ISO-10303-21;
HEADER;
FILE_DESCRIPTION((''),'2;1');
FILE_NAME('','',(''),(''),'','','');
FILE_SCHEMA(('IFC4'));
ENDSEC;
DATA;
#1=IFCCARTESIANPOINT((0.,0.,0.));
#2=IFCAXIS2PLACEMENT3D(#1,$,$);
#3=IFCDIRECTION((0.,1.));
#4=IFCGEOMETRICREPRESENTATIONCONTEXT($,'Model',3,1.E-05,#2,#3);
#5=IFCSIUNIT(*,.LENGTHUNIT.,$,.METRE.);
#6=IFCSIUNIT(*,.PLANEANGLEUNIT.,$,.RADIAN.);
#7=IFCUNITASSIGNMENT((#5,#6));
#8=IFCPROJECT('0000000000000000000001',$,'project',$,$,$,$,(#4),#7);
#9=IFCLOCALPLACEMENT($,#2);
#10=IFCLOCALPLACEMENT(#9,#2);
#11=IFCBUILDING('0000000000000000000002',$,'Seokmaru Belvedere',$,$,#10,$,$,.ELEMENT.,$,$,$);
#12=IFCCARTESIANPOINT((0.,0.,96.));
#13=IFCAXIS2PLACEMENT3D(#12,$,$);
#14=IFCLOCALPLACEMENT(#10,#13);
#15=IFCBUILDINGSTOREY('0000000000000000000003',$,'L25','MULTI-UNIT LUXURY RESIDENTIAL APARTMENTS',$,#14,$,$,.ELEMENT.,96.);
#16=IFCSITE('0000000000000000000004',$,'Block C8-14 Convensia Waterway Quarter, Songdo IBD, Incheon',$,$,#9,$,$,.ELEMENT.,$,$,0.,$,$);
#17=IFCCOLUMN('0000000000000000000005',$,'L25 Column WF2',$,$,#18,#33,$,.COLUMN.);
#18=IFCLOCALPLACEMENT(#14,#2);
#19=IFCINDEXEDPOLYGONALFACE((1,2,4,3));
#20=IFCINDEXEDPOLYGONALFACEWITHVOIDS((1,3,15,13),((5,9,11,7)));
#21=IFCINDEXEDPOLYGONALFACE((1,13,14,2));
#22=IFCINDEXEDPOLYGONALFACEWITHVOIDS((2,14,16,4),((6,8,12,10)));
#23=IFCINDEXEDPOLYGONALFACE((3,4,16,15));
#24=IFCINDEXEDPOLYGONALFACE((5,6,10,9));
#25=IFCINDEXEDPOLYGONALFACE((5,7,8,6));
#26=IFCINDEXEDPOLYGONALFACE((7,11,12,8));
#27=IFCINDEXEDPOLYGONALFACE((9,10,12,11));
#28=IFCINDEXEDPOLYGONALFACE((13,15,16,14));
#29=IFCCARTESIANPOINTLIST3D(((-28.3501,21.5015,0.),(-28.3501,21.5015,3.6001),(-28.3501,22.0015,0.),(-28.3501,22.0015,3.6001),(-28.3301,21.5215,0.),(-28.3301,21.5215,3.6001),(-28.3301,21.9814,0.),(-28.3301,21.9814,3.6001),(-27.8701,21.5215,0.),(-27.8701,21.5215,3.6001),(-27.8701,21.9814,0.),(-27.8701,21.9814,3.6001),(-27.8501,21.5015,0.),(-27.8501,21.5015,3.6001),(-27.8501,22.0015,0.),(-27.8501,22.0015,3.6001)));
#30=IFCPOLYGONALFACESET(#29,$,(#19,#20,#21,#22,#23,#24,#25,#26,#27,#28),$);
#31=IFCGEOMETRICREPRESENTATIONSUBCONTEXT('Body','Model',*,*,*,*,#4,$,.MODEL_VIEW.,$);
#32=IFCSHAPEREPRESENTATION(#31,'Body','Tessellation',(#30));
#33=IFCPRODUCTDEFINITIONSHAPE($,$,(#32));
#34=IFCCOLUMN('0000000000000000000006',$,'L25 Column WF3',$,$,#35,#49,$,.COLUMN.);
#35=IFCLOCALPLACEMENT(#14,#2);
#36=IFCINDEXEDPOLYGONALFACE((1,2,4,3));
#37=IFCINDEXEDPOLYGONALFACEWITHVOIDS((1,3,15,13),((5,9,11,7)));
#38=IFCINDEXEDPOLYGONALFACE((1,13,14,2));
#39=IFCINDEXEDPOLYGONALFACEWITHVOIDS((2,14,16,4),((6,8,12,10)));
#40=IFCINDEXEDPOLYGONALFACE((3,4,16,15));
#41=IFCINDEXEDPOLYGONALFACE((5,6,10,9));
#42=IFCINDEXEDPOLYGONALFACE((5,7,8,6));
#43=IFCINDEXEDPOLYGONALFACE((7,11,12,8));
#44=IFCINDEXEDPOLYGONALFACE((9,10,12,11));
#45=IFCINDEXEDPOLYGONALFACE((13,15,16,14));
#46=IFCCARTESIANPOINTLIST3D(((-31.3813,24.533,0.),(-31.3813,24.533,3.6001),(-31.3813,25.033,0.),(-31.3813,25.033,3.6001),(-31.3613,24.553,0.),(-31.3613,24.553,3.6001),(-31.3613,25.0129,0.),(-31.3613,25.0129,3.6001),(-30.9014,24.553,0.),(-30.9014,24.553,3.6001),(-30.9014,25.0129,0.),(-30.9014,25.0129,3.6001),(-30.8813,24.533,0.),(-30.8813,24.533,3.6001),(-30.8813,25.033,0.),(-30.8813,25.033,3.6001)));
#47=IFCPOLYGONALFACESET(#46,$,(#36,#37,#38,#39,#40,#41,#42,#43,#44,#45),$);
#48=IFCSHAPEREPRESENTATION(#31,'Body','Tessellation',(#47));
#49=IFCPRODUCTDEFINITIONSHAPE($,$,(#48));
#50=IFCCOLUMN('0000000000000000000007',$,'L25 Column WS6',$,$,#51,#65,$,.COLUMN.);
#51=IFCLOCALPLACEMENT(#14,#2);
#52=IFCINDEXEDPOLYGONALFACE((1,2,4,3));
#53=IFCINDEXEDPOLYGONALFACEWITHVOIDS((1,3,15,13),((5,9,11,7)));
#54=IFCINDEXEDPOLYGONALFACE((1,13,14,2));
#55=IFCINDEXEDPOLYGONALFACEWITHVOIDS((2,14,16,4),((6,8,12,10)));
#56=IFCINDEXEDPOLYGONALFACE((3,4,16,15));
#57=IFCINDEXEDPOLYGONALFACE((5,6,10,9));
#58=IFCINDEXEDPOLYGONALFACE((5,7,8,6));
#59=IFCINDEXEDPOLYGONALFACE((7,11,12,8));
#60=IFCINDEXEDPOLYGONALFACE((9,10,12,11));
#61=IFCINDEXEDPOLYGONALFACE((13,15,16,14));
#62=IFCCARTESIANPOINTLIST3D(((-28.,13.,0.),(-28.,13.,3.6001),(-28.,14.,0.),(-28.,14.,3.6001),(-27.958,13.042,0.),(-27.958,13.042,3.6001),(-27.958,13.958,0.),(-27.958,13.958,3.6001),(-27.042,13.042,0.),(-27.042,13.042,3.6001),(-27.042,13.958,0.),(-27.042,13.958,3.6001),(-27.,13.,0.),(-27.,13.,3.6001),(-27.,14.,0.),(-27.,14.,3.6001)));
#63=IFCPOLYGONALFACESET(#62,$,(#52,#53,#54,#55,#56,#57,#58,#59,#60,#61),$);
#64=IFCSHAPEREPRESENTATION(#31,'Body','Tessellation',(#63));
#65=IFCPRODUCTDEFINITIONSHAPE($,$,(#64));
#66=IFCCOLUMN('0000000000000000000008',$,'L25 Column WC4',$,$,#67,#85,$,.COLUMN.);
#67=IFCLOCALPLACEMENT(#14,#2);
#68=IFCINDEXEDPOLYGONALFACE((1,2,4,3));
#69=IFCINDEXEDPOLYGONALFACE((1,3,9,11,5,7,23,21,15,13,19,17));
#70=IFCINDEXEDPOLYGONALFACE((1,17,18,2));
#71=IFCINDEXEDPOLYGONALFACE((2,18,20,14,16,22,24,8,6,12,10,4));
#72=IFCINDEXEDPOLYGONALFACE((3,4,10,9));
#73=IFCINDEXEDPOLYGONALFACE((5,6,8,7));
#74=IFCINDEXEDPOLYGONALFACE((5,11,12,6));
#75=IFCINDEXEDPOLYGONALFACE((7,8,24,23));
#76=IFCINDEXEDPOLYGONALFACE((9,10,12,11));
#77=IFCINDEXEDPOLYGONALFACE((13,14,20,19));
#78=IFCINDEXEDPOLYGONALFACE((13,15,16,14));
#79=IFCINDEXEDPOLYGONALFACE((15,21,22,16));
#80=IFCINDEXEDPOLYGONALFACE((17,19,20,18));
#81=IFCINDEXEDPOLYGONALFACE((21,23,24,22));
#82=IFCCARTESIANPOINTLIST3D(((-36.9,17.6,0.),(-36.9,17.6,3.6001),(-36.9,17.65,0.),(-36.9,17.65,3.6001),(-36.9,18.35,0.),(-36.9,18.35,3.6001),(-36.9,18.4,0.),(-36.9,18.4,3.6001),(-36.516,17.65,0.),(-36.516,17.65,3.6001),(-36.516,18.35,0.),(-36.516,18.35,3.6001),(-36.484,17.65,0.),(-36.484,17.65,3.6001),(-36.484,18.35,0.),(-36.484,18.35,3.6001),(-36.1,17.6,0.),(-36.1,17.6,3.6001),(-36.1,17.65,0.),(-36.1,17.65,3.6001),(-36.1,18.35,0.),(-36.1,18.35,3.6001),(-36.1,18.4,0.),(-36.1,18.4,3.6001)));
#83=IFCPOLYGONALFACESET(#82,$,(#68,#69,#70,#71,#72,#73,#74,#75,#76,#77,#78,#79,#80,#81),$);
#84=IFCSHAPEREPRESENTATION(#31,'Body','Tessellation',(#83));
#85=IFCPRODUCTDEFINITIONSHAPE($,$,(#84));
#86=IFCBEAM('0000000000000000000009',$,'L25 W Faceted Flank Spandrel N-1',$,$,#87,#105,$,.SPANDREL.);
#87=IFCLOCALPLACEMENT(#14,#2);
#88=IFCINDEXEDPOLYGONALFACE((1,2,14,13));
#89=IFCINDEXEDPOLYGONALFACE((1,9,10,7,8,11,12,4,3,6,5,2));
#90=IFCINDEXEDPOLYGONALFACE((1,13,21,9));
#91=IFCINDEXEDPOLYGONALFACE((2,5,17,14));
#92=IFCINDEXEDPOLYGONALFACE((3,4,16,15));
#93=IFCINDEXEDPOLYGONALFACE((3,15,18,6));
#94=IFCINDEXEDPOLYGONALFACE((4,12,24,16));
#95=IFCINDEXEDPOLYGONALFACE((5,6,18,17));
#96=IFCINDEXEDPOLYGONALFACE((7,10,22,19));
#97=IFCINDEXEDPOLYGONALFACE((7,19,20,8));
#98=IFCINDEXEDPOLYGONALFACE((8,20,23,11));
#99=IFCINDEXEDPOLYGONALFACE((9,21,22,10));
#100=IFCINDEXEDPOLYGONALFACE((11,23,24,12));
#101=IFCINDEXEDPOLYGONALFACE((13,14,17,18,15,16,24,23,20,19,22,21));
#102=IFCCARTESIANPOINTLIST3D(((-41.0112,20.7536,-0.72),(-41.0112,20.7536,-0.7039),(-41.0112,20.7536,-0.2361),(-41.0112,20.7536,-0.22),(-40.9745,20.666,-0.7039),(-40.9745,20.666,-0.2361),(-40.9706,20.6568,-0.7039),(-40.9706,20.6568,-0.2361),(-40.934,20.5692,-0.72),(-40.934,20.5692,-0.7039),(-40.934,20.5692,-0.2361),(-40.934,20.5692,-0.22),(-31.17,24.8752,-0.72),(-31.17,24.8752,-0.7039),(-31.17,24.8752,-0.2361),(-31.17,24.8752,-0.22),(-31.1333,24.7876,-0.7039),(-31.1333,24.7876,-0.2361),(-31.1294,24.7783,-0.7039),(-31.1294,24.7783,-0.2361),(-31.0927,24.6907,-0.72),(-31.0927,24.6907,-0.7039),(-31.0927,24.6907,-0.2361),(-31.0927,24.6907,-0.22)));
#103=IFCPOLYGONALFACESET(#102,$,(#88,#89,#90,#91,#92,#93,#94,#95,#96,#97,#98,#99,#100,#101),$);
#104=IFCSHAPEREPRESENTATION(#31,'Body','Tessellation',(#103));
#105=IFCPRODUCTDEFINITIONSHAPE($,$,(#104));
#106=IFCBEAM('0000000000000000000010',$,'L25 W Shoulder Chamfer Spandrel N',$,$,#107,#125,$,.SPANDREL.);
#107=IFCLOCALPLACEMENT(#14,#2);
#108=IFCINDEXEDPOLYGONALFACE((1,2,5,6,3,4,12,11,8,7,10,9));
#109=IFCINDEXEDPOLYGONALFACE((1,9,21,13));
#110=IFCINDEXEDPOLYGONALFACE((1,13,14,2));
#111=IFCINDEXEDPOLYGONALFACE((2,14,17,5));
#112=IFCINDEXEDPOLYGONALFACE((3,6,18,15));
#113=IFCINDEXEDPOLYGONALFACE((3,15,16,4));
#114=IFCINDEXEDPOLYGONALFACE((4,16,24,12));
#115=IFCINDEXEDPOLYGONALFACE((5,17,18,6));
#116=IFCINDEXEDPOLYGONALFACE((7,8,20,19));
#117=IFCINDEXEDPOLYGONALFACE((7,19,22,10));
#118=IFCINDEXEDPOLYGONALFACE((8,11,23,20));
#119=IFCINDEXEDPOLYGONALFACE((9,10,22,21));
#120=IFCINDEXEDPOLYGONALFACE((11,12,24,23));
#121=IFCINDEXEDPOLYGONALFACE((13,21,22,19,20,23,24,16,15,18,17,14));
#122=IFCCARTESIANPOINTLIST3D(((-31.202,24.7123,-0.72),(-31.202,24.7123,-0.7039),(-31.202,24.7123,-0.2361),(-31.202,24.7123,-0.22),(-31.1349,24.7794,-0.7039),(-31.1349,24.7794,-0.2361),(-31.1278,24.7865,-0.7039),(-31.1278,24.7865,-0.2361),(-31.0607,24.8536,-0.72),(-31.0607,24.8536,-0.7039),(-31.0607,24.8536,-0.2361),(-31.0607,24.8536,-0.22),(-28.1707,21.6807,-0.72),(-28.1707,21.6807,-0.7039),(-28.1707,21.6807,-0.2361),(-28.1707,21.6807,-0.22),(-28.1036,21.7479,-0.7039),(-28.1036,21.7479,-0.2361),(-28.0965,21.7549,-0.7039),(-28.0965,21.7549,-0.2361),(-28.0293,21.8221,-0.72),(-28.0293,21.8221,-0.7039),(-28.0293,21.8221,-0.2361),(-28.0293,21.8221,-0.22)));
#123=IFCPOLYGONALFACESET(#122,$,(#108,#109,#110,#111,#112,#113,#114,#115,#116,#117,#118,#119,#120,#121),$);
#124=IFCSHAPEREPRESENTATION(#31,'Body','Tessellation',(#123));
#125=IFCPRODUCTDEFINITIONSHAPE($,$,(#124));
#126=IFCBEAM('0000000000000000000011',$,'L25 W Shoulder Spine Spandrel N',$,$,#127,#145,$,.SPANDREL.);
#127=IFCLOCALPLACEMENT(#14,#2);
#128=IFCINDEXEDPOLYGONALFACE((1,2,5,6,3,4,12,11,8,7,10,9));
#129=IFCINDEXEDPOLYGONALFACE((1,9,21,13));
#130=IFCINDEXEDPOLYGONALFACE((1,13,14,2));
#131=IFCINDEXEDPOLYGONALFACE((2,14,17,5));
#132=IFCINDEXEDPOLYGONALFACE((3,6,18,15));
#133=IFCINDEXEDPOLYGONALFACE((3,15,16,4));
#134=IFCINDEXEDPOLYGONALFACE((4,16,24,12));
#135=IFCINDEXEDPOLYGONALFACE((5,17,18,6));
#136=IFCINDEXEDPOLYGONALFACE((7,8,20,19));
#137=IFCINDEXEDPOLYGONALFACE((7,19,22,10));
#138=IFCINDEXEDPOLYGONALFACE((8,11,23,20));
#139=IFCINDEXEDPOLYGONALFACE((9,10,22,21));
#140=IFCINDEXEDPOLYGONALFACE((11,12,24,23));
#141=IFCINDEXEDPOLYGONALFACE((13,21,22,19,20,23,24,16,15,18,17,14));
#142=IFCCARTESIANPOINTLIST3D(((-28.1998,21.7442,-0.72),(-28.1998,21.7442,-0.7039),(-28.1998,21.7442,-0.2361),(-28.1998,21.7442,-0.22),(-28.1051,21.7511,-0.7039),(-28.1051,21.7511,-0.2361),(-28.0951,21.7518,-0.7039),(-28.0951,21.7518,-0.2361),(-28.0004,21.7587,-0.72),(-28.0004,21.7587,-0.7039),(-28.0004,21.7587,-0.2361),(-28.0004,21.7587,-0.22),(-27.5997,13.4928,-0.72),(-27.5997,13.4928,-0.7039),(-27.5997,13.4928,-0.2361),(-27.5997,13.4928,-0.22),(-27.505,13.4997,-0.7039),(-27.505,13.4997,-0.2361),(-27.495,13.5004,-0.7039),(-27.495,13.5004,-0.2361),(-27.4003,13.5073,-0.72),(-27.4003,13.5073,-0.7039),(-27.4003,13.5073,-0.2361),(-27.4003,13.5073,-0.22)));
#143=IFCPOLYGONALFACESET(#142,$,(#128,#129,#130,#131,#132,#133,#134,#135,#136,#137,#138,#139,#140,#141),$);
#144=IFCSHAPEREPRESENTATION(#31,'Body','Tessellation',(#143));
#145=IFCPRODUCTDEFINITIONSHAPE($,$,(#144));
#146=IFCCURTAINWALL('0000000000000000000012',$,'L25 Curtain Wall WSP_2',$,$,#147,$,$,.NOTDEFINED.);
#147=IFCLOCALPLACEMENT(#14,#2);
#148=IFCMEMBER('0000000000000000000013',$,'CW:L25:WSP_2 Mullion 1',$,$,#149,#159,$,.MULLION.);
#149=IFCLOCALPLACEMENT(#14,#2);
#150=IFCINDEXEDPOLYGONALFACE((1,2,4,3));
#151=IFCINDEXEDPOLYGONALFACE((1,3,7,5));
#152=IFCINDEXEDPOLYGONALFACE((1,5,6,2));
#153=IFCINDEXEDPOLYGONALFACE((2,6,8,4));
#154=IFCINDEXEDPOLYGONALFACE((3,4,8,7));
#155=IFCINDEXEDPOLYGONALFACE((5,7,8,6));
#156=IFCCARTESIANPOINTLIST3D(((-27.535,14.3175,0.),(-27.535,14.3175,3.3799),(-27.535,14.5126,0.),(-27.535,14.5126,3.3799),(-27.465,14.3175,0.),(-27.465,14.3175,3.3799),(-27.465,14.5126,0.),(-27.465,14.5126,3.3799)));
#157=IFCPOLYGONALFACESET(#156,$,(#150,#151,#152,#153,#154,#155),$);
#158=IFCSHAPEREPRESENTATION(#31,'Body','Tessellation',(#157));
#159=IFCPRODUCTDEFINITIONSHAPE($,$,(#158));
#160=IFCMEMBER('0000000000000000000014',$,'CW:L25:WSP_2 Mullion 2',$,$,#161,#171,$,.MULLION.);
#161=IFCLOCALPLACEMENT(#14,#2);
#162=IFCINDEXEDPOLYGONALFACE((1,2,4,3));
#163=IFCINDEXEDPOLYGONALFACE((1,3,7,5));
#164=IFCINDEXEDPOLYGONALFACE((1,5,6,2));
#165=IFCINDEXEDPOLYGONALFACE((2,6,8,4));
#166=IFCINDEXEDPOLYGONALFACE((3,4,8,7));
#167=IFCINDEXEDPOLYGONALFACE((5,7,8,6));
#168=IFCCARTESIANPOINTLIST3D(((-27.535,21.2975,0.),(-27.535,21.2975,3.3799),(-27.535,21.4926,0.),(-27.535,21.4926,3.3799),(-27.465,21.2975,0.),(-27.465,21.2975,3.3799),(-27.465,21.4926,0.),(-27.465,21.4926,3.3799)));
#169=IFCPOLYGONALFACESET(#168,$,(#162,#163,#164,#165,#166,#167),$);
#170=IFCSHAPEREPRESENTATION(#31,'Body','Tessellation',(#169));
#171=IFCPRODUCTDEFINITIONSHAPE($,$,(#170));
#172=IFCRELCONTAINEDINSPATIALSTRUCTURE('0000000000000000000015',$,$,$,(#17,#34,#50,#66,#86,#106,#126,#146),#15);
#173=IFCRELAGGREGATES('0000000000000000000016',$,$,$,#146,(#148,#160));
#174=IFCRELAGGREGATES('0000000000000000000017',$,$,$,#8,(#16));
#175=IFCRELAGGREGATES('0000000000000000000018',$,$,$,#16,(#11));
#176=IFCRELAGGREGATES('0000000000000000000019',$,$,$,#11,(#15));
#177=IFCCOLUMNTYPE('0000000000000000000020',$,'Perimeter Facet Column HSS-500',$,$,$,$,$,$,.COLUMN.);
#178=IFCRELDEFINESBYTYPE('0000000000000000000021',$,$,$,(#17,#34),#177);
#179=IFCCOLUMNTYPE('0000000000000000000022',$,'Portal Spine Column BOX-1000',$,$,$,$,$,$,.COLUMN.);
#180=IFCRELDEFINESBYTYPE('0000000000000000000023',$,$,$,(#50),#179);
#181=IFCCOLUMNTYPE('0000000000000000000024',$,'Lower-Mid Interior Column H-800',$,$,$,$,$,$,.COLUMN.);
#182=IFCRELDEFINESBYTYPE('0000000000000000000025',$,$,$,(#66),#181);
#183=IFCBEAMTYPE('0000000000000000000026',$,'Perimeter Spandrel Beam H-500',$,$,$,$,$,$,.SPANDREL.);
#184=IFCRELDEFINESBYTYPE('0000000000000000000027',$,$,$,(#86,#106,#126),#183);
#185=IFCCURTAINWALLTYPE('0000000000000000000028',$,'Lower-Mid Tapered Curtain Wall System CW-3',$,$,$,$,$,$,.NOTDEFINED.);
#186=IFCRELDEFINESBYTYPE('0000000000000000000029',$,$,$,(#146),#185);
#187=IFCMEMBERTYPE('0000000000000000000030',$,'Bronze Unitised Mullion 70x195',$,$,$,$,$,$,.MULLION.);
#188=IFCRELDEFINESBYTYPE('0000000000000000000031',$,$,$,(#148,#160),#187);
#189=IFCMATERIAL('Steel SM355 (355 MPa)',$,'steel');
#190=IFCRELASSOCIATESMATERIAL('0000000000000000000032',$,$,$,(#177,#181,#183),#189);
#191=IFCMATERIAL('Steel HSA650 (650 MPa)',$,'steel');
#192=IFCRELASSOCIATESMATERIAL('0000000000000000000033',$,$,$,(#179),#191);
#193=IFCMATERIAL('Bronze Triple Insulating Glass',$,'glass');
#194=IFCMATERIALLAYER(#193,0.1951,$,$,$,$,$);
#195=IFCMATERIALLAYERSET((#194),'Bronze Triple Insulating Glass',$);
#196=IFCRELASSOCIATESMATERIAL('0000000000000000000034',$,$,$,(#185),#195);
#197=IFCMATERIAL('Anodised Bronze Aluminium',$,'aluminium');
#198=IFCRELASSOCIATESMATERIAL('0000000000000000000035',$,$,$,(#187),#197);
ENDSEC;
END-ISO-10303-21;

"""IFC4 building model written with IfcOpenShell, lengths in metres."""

from ifc_helpers import new_model, si_unit, direction, frame, origin, origin_2d, place, context, subcontext, project, spatial, rectangle, hollow_rectangle, i_section, extrude, source, transform, mapped, material, layer, layer_set, material_profile, profile_set, type_object, type_shapes, element, aggregate, save


model = new_model("IFC4")

# Units and contexts
model_context = context("Model", 3, precision=1e-05, world=origin(), true_north=direction((0.0, 1.0)))
body_context = subcontext(model_context, "Body", "Model", "MODEL_VIEW")
ifc_project = project(units=[si_unit("LENGTHUNIT", "METRE"), si_unit("PLANEANGLEUNIT", "RADIAN")], contexts=[model_context])

# Site, building, storey
site_placement = place(None, origin())
site = spatial("IfcSite", under=ifc_project, at=site_placement, Name="Block C8-14 Convensia Waterway Quarter, Songdo IBD, Incheon", CompositionType="ELEMENT", RefElevation=0.0)
building_placement = place(site_placement, origin())
building = spatial("IfcBuilding", under=site, at=building_placement, Name="Seokmaru Belvedere", CompositionType="ELEMENT")
storey_placement = place(building_placement, frame((0.0, 0.0, 96.0)))
storey = spatial("IfcBuildingStorey", under=building, at=storey_placement, Name="L25", Description="MULTI-UNIT LUXURY RESIDENTIAL APARTMENTS", CompositionType="ELEMENT", Elevation=96.0)

# Columns
ifc_material_1 = material(Name="Steel SM355 (355 MPa)", Category="steel")
ifc_material_profile_1 = material_profile(ifc_material_1, hollow_rectangle(XDim=0.5, YDim=0.5, WallThickness=0.02, at=origin_2d()), Name="HSS-500x500x20")
ifc_profile_set_1 = profile_set([ifc_material_profile_1], Name="Steel SM355 (355 MPa)")
column_type_1 = type_object("IfcColumnType", Name="Perimeter Facet Column HSS-500", PredefinedType="COLUMN", material=ifc_profile_set_1)
shared_shape_1 = source(origin(), body_context, "Body", "SweptSolid", [
    extrude(hollow_rectangle(XDim=0.5, YDim=0.5, WallThickness=0.02, at=origin_2d()), origin(), (0.0, 0.0, 1.0), 3.6001),
])
type_shapes(column_type_1, [shared_shape_1])
for number, where, z_axis, x_axis, name in (
    (1, (-28.1001, 21.7515, 0.0), (0.0, 0.0, 1.0), (1.0, 0.0, 0.0), "L25 Column WF2"),
    (2, (-31.1313, 24.783, 0.0), (0.0, 0.0, 1.0), (1.0, 0.0, 0.0), "L25 Column WF3"),
):
    element("IfcColumn", number, at=place(storey_placement, frame(where, z_axis=z_axis, x_axis=x_axis)), inside=storey, type_object=column_type_1, Name=name, PredefinedType="COLUMN", context=body_context, shape_type="MappedRepresentation", body=[
        mapped(shared_shape_1, transform((0.0, 0.0, 0.0), scale=1.0)),
    ])
ifc_material_2 = material(Name="Steel HSA650 (650 MPa)", Category="steel")
ifc_material_profile_2 = material_profile(ifc_material_2, hollow_rectangle(XDim=1.0, YDim=1.0, WallThickness=0.042, at=origin_2d()), Name="BOX-1000x1000x42")
ifc_profile_set_2 = profile_set([ifc_material_profile_2], Name="Steel HSA650 (650 MPa)")
column_type_2 = type_object("IfcColumnType", Name="Portal Spine Column BOX-1000", PredefinedType="COLUMN", material=ifc_profile_set_2)
shared_shape_2 = source(origin(), body_context, "Body", "SweptSolid", [
    extrude(hollow_rectangle(XDim=1.0, YDim=1.0, WallThickness=0.042, at=origin_2d()), origin(), (0.0, 0.0, 1.0), 3.6001),
])
type_shapes(column_type_2, [shared_shape_2])
column_1_placement = place(storey_placement, frame((-27.5, 13.5, 0.0), z_axis=(0.0, 0.0, 1.0), x_axis=(1.0, 0.0, 0.0)))
element("IfcColumn", 3, at=column_1_placement, inside=storey, type_object=column_type_2, Name="L25 Column WS6", PredefinedType="COLUMN", context=body_context, shape_type="MappedRepresentation", body=[
    mapped(shared_shape_2, transform((0.0, 0.0, 0.0), scale=1.0)),
])
ifc_material_profile_3 = material_profile(ifc_material_1, i_section(OverallWidth=0.8, OverallDepth=0.8, WebThickness=0.032, FlangeThickness=0.05, at=origin_2d()), Name="H-800x800x32x50")
ifc_profile_set_3 = profile_set([ifc_material_profile_3], Name="Steel SM355 (355 MPa)")
column_type_3 = type_object("IfcColumnType", Name="Lower-Mid Interior Column H-800", PredefinedType="COLUMN", material=ifc_profile_set_3)
shared_shape_3 = source(origin(), body_context, "Body", "SweptSolid", [
    extrude(i_section(OverallWidth=0.8, OverallDepth=0.8, WebThickness=0.032, FlangeThickness=0.05, at=origin_2d()), origin(), (0.0, 0.0, 1.0), 3.6001),
])
type_shapes(column_type_3, [shared_shape_3])
column_2_placement = place(storey_placement, frame((-36.5, 18.0, 0.0), z_axis=(0.0, 0.0, 1.0), x_axis=(1.0, 0.0, 0.0)))
element("IfcColumn", 4, at=column_2_placement, inside=storey, type_object=column_type_3, Name="L25 Column WC4", PredefinedType="COLUMN", context=body_context, shape_type="MappedRepresentation", body=[
    mapped(shared_shape_3, transform((0.0, 0.0, 0.0), scale=1.0)),
])

# Beams
ifc_material_profile_4 = material_profile(ifc_material_1, i_section(OverallWidth=0.2, OverallDepth=0.5, WebThickness=0.01, FlangeThickness=0.0161, at=origin_2d()), Name="H-500x200x10x16")
ifc_profile_set_4 = profile_set([ifc_material_profile_4], Name="Steel SM355 (355 MPa)")
beam_type = type_object("IfcBeamType", Name="Perimeter Spandrel Beam H-500", PredefinedType="SPANDREL", material=ifc_profile_set_4)
shared_shape_4 = source(origin(), body_context, "Body", "SweptSolid", [
    extrude(i_section(OverallWidth=0.2, OverallDepth=0.5, WebThickness=0.01, FlangeThickness=0.0161, at=origin_2d()), origin(), (0.0, 0.0, 1.0), 10.6694),
])
beam_1_placement = place(storey_placement, frame((-31.1313, 24.783, -0.47), z_axis=(-0.922375, -0.386295, 0.0), x_axis=(0.386295, -0.922375, 0.0)))
element("IfcBeam", 5, at=beam_1_placement, inside=storey, type_object=beam_type, Name="L25 W Faceted Flank Spandrel N-1", PredefinedType="SPANDREL", context=body_context, shape_type="MappedRepresentation", body=[
    mapped(shared_shape_4, transform((0.0, 0.0, 0.0), scale=1.0)),
])
shared_shape_5 = source(origin(), body_context, "Body", "SweptSolid", [
    extrude(i_section(OverallWidth=0.2, OverallDepth=0.5, WebThickness=0.01, FlangeThickness=0.0161, at=origin_2d()), origin(), (0.0, 0.0, 1.0), 4.2871),
])
beam_2_placement = place(storey_placement, frame((-31.1313, 24.783, -0.47), z_axis=(0.707078, -0.707135, 0.0), x_axis=(0.707135, 0.707078, 0.0)))
element("IfcBeam", 6, at=beam_2_placement, inside=storey, type_object=beam_type, Name="L25 W Shoulder Chamfer Spandrel N", PredefinedType="SPANDREL", context=body_context, shape_type="MappedRepresentation", body=[
    mapped(shared_shape_5, transform((0.0, 0.0, 0.0), scale=1.0)),
])
shared_shape_6 = source(origin(), body_context, "Body", "SweptSolid", [
    extrude(i_section(OverallWidth=0.2, OverallDepth=0.5, WebThickness=0.01, FlangeThickness=0.0161, at=origin_2d()), origin(), (0.0, 0.0, 1.0), 8.2732),
])
type_shapes(beam_type, [shared_shape_4, shared_shape_5, shared_shape_6])
beam_3_placement = place(storey_placement, frame((-28.1001, 21.7515, -0.47), z_axis=(0.072535, -0.997366, 0.0), x_axis=(0.997366, 0.072535, 0.0)))
element("IfcBeam", 7, at=beam_3_placement, inside=storey, type_object=beam_type, Name="L25 W Shoulder Spine Spandrel N", PredefinedType="SPANDREL", context=body_context, shape_type="MappedRepresentation", body=[
    mapped(shared_shape_6, transform((0.0, 0.0, 0.0), scale=1.0)),
])

# Curtain wall, members
ifc_material_3 = material(Name="Bronze Triple Insulating Glass", Category="glass")
ifc_layer_1 = layer(ifc_material_3, 0.1951)
ifc_layer_set_1 = layer_set([ifc_layer_1], Name="Bronze Triple Insulating Glass")
curtain_wall_type = type_object("IfcCurtainWallType", Name="Lower-Mid Tapered Curtain Wall System CW-3", PredefinedType="NOTDEFINED", material=ifc_layer_set_1)
curtain_wall_1_placement = place(storey_placement, origin())
curtain_wall_1 = element("IfcCurtainWall", 8, at=curtain_wall_1_placement, inside=storey, type_object=curtain_wall_type, Name="L25 Curtain Wall WSP_2", PredefinedType="NOTDEFINED")
ifc_material_4 = material(Name="Anodised Bronze Aluminium", Category="aluminium")
ifc_material_profile_5 = material_profile(ifc_material_4, rectangle(XDim=0.0701, YDim=0.1951, at=origin_2d()), Name="CW-M-70x195")
ifc_profile_set_5 = profile_set([ifc_material_profile_5], Name="Anodised Bronze Aluminium")
member_type_1 = type_object("IfcMemberType", Name="Bronze Unitised Mullion 70x195", PredefinedType="MULLION", material=ifc_profile_set_5)
shared_shape_7 = source(origin(), body_context, "Body", "SweptSolid", [
    extrude(rectangle(XDim=0.0701, YDim=0.1951, at=origin_2d()), origin(), (0.0, 0.0, 1.0), 3.3799),
])
member_1_placement = place(storey_placement, frame((-27.5, 14.415, 0.0), z_axis=(0.0, 0.0, 1.0), x_axis=(-1.0, 0.0, 0.0)))
member_1 = element("IfcMember", 9, at=member_1_placement, type_object=member_type_1, Name="CW:L25:WSP_2 Mullion 1", PredefinedType="MULLION", context=body_context, shape_type="MappedRepresentation", body=[
    mapped(shared_shape_7, transform((0.0, 0.0, 0.0), scale=1.0)),
])
member_2_placement = place(storey_placement, frame((-27.5, 21.395, 0.0), z_axis=(0.0, 0.0, 1.0), x_axis=(-1.0, 0.0, 0.0)))
member_2 = element("IfcMember", 10, at=member_2_placement, type_object=member_type_1, Name="CW:L25:WSP_2 Mullion 2", PredefinedType="MULLION", context=body_context, shape_type="MappedRepresentation", body=[
    mapped(shared_shape_7, transform((0.0, 0.0, 0.0), scale=1.0)),
])

aggregate(curtain_wall_1, [member_1, member_2])

save(model, "model.ifc")
